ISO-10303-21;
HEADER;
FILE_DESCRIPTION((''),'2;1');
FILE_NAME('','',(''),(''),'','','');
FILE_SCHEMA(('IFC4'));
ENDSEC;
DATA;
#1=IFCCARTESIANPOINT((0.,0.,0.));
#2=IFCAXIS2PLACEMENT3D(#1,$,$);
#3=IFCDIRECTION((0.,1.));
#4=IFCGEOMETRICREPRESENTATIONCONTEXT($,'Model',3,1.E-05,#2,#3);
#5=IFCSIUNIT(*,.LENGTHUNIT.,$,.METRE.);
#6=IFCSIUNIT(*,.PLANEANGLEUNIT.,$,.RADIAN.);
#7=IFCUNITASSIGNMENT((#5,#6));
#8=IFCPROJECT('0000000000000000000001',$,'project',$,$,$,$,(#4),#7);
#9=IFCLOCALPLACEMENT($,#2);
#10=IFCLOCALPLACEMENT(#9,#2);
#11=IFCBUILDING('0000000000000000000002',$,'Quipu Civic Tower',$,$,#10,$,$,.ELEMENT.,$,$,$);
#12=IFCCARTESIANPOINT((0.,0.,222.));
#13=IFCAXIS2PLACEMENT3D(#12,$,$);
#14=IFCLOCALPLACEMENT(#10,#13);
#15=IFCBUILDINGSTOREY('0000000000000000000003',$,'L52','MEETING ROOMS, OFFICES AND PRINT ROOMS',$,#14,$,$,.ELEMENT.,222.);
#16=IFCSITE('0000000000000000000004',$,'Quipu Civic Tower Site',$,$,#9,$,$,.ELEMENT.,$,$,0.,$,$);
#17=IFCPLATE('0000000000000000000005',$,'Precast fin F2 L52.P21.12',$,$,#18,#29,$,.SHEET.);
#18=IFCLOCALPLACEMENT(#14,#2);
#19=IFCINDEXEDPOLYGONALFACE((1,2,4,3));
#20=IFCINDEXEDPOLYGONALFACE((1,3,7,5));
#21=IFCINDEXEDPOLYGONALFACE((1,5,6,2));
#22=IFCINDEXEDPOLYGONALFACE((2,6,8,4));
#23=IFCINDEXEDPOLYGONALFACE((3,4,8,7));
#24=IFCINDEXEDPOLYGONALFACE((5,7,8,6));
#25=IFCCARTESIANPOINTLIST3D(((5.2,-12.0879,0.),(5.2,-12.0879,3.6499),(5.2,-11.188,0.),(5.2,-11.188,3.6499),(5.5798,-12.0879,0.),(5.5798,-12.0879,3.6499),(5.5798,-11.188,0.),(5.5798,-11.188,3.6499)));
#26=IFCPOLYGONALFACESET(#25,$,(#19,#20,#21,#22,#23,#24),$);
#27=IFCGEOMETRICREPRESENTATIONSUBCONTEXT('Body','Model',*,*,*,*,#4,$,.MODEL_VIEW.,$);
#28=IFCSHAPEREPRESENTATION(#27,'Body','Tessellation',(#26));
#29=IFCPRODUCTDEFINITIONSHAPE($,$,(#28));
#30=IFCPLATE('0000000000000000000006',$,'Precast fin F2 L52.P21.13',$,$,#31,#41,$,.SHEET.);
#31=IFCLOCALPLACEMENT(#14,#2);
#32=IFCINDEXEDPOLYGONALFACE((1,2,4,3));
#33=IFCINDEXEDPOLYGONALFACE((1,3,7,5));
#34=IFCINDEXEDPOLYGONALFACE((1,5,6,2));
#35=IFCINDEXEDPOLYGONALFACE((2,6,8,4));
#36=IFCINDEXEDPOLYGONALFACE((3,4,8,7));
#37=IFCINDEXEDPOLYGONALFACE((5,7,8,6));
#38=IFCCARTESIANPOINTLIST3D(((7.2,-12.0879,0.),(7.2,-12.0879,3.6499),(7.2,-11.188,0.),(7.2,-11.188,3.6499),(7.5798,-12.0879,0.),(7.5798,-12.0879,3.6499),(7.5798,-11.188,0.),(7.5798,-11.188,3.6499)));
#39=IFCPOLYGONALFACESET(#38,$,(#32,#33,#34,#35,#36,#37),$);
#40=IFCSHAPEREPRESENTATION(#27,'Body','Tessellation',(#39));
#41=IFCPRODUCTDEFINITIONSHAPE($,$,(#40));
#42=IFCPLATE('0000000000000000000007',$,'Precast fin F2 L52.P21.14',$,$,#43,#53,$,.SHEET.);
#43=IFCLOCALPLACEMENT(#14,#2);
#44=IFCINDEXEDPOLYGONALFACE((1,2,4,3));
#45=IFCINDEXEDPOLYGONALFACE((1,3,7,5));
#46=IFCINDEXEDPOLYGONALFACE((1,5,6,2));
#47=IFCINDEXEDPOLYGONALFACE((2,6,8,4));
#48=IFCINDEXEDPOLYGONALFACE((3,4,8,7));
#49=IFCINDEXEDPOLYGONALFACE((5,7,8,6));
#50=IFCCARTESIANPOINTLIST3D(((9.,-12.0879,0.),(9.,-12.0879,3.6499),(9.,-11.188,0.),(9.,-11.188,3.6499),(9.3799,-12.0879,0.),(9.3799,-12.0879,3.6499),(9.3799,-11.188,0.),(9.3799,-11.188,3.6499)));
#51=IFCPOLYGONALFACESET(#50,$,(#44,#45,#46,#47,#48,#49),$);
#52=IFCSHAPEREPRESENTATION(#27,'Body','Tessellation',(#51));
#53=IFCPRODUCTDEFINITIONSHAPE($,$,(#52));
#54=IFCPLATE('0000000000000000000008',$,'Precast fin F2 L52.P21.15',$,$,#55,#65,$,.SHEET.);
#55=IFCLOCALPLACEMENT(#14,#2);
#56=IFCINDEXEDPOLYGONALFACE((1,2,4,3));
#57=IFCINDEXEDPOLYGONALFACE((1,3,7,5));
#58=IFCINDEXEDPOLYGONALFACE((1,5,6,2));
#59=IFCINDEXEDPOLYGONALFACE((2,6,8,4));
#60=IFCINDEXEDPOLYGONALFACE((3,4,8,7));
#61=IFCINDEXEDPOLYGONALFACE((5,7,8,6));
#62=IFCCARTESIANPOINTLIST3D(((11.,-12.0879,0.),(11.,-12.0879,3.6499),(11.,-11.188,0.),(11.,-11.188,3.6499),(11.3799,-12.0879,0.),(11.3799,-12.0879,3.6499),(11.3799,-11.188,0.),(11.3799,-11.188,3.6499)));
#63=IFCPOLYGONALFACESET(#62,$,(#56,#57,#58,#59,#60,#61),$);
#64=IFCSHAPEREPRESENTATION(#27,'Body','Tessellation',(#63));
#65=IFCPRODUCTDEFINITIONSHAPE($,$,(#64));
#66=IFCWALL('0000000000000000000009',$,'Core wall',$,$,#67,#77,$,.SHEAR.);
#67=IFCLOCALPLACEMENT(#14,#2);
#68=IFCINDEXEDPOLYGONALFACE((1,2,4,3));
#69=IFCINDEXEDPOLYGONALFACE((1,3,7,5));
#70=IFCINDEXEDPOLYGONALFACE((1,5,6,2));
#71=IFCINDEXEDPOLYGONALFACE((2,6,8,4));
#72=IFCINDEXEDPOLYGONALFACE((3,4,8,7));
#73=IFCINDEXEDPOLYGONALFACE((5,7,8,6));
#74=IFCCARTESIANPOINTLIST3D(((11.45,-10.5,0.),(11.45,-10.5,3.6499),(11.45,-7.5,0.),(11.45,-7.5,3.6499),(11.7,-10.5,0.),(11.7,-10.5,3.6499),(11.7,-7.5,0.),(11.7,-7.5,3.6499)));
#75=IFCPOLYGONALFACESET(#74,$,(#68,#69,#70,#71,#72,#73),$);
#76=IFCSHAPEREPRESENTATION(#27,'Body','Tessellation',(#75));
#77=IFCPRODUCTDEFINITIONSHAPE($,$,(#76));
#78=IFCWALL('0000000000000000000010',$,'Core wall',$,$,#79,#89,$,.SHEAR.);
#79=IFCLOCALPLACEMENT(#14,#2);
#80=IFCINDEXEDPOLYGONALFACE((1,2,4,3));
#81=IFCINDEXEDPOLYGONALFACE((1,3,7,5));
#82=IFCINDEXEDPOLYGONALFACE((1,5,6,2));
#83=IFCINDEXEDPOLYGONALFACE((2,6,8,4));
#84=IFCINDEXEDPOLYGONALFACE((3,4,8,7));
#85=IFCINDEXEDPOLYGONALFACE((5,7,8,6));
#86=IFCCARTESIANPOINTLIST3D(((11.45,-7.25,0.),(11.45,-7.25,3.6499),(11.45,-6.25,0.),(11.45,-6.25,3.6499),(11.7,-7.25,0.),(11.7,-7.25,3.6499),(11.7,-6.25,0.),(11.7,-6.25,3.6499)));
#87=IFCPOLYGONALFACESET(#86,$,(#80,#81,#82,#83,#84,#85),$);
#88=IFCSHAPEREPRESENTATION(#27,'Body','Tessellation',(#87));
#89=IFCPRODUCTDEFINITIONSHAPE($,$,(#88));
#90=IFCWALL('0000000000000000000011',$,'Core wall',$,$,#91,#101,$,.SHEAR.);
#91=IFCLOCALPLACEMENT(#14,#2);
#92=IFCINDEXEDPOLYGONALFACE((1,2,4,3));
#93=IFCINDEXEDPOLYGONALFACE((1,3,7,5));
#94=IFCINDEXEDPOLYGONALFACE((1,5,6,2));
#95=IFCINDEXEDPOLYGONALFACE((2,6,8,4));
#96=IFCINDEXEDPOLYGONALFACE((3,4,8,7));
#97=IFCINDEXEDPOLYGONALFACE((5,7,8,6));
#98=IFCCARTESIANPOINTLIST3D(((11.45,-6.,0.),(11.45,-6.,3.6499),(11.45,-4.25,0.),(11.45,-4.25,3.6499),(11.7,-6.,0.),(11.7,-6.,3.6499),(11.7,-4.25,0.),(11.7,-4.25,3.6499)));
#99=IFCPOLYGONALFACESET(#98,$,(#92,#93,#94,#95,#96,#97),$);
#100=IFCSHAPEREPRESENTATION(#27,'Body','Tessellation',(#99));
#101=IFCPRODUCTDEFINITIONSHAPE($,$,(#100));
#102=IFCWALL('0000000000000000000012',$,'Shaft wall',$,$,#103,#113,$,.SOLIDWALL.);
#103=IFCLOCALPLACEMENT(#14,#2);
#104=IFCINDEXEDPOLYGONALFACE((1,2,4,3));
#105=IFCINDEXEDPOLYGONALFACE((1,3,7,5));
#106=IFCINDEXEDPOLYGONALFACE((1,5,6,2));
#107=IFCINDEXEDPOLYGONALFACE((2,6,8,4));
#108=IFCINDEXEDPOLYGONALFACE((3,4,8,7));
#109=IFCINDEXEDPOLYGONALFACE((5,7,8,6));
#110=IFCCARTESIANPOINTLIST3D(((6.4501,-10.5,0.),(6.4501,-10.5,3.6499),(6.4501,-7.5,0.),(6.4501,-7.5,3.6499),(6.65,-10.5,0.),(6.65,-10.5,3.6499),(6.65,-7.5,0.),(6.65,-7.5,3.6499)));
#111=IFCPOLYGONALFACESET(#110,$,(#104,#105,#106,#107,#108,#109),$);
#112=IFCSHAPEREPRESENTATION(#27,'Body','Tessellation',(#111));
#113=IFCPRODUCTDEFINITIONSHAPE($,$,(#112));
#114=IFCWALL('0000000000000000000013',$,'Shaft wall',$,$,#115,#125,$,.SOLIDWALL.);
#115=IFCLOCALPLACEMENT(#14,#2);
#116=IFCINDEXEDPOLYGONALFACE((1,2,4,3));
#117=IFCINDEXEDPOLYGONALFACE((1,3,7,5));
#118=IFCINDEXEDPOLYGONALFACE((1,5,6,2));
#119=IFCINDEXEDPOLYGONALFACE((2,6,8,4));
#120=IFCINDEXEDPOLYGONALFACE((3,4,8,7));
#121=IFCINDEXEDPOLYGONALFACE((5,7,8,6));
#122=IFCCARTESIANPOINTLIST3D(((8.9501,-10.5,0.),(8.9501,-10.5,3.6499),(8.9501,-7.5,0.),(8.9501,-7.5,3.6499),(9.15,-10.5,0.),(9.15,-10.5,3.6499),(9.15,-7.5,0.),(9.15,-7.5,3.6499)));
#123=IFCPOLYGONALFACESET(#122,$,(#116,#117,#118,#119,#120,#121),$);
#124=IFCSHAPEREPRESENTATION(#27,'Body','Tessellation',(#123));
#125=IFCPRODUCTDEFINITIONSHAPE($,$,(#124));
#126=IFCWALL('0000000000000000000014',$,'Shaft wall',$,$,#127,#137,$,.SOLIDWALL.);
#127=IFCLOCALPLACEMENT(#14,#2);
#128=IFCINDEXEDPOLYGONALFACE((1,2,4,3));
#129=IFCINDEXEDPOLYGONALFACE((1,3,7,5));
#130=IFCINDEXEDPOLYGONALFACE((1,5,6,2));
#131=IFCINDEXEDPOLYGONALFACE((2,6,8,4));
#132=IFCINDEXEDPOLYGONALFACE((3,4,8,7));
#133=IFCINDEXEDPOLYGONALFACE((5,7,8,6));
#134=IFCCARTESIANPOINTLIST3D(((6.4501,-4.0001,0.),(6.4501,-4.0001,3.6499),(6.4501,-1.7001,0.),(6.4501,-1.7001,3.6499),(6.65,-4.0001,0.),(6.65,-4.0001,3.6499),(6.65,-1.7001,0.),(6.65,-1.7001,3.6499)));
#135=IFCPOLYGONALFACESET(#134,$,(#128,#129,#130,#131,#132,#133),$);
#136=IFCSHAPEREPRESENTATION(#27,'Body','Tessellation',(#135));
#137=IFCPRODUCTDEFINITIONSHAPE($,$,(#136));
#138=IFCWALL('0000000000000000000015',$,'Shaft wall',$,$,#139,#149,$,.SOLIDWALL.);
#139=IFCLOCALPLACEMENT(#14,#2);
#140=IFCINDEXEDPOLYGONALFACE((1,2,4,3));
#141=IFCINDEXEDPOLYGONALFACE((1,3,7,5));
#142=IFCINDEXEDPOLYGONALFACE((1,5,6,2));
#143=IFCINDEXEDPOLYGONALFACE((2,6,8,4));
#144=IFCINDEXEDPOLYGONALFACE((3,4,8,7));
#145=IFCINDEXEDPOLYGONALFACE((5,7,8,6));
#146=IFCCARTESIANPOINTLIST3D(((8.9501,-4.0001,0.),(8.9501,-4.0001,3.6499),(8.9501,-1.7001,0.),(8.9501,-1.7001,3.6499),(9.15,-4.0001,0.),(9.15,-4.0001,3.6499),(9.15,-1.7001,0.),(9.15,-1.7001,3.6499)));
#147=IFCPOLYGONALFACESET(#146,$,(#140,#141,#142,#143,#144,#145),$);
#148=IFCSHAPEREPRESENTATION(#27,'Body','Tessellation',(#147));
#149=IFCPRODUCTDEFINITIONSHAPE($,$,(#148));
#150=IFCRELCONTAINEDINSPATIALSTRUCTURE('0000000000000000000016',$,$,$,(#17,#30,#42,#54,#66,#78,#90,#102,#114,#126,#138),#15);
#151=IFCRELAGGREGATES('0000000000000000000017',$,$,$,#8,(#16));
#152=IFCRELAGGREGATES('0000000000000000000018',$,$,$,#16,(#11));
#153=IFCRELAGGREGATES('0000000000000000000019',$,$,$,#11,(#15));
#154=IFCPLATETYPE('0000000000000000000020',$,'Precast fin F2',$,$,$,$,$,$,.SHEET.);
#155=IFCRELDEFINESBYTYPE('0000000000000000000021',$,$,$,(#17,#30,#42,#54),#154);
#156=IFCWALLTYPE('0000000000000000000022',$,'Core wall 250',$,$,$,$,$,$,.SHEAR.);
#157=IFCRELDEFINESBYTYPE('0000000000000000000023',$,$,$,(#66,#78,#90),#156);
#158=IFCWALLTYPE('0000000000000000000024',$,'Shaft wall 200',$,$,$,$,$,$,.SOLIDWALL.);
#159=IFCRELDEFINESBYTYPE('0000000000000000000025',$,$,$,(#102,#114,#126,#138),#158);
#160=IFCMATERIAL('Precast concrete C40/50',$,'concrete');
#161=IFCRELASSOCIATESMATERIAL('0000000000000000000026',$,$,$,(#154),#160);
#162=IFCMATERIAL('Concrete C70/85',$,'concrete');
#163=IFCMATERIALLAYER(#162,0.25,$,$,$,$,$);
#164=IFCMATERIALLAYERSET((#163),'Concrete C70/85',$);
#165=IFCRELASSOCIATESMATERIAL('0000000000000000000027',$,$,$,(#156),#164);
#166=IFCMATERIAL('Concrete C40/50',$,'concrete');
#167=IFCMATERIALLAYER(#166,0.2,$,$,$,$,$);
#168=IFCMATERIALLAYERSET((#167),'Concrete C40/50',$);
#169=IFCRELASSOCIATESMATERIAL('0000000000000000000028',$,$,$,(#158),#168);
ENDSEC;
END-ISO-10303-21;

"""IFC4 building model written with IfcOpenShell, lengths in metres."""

from ifc_helpers import new_model, si_unit, direction, frame, frame_2d, origin, origin_2d, place, context, subcontext, project, spatial, rectangle, extrude, material, layer, layer_set, type_object, element, save


model = new_model("IFC4")

# Units and contexts
model_context = context("Model", 3, precision=1e-05, world=origin(), true_north=direction((0.0, 1.0)))
body_context = subcontext(model_context, "Body", "Model", "MODEL_VIEW")
ifc_project = project(units=[si_unit("LENGTHUNIT", "METRE"), si_unit("PLANEANGLEUNIT", "RADIAN")], contexts=[model_context])

# Site, building, storey
site_placement = place(None, origin())
site = spatial("IfcSite", under=ifc_project, at=site_placement, Name="Quipu Civic Tower Site", CompositionType="ELEMENT", RefElevation=0.0)
building_placement = place(site_placement, origin())
building = spatial("IfcBuilding", under=site, at=building_placement, Name="Quipu Civic Tower", CompositionType="ELEMENT")
storey_placement = place(building_placement, frame((0.0, 0.0, 222.0)))
storey = spatial("IfcBuildingStorey", under=building, at=storey_placement, Name="L52", Description="MEETING ROOMS, OFFICES AND PRINT ROOMS", CompositionType="ELEMENT", Elevation=222.0)

# Plates
ifc_material_1 = material(Name="Precast concrete C40/50", Category="concrete")
plate_type = type_object("IfcPlateType", Name="Precast fin F2", PredefinedType="SHEET", material=ifc_material_1)
for number, where, z_axis, x_axis, name in (
    (1, (5.3899, -11.6379, 0.0), (0.0, 0.0, 1.0), (1.0, 0.0, 0.0), "Precast fin F2 L52.P21.12"),
    (2, (7.3899, -11.6379, 0.0), (0.0, 0.0, 1.0), (1.0, 0.0, 0.0), "Precast fin F2 L52.P21.13"),
    (3, (9.1899, -11.6379, 0.0), (0.0, 0.0, 1.0), (1.0, 0.0, 0.0), "Precast fin F2 L52.P21.14"),
    (4, (11.1899, -11.6379, 0.0), (0.0, 0.0, 1.0), (1.0, 0.0, 0.0), "Precast fin F2 L52.P21.15"),
):
    element("IfcPlate", number, at=place(storey_placement, frame(where, z_axis=z_axis, x_axis=x_axis)), inside=storey, type_object=plate_type, Name=name, PredefinedType="SHEET", context=body_context, shape_type="SweptSolid", body=[
        extrude(rectangle(XDim=0.3799, YDim=0.8999, at=origin_2d()), origin(), (0.0, 0.0, 1.0), 3.6499),
    ])

# Walls
ifc_material_2 = material(Name="Concrete C70/85", Category="concrete")
ifc_layer_1 = layer(ifc_material_2, 0.25)
ifc_layer_set_1 = layer_set([ifc_layer_1], Name="Concrete C70/85")
wall_type_1 = type_object("IfcWallType", Name="Core wall 250", PredefinedType="SHEAR", material=ifc_layer_set_1)
wall_1_placement = place(storey_placement, frame((11.575, -10.5, 0.0), z_axis=(0.0, 0.0, 1.0), x_axis=(0.0, 1.0, 0.0)))
element("IfcWall", 5, at=wall_1_placement, inside=storey, type_object=wall_type_1, Name="Core wall", PredefinedType="SHEAR", context=body_context, shape_type="SweptSolid", body=[
    extrude(rectangle(XDim=3.0, YDim=0.25, at=frame_2d((1.5, 0.0))), origin(), (0.0, 0.0, 1.0), 3.6499),
])
wall_2_placement = place(storey_placement, frame((11.575, -7.25, 0.0), z_axis=(0.0, 0.0, 1.0), x_axis=(0.0, 1.0, 0.0)))
element("IfcWall", 6, at=wall_2_placement, inside=storey, type_object=wall_type_1, Name="Core wall", PredefinedType="SHEAR", context=body_context, shape_type="SweptSolid", body=[
    extrude(rectangle(XDim=1.0, YDim=0.25, at=frame_2d((0.5, 0.0))), origin(), (0.0, 0.0, 1.0), 3.6499),
])
wall_3_placement = place(storey_placement, frame((11.575, -6.0, 0.0), z_axis=(0.0, 0.0, 1.0), x_axis=(0.0, 1.0, 0.0)))
element("IfcWall", 7, at=wall_3_placement, inside=storey, type_object=wall_type_1, Name="Core wall", PredefinedType="SHEAR", context=body_context, shape_type="SweptSolid", body=[
    extrude(rectangle(XDim=1.75, YDim=0.25, at=frame_2d((0.875, 0.0))), origin(), (0.0, 0.0, 1.0), 3.6499),
])
ifc_material_3 = material(Name="Concrete C40/50", Category="concrete")
ifc_layer_2 = layer(ifc_material_3, 0.2)
ifc_layer_set_2 = layer_set([ifc_layer_2], Name="Concrete C40/50")
wall_type_2 = type_object("IfcWallType", Name="Shaft wall 200", PredefinedType="SOLIDWALL", material=ifc_layer_set_2)
for number, where, z_axis, x_axis, name in (
    (8, (6.55, -10.5, 0.0), (0.0, 0.0, 1.0), (0.0, 1.0, 0.0), "Shaft wall"),
    (9, (9.05, -10.5, 0.0), (0.0, 0.0, 1.0), (0.0, 1.0, 0.0), "Shaft wall"),
):
    element("IfcWall", number, at=place(storey_placement, frame(where, z_axis=z_axis, x_axis=x_axis)), inside=storey, type_object=wall_type_2, Name=name, PredefinedType="SOLIDWALL", context=body_context, shape_type="SweptSolid", body=[
        extrude(rectangle(XDim=3.0, YDim=0.2, at=frame_2d((1.5, 0.0))), origin(), (0.0, 0.0, 1.0), 3.6499),
    ])
for number, where, z_axis, x_axis, name in (
    (10, (6.55, -4.0, 0.0), (0.0, 0.0, 1.0), (0.0, 1.0, 0.0), "Shaft wall"),
    (11, (9.05, -4.0, 0.0), (0.0, 0.0, 1.0), (0.0, 1.0, 0.0), "Shaft wall"),
):
    element("IfcWall", number, at=place(storey_placement, frame(where, z_axis=z_axis, x_axis=x_axis)), inside=storey, type_object=wall_type_2, Name=name, PredefinedType="SOLIDWALL", context=body_context, shape_type="SweptSolid", body=[
        extrude(rectangle(XDim=2.3, YDim=0.2, at=frame_2d((1.1499, 0.0))), origin(), (0.0, 0.0, 1.0), 3.6499),
    ])

save(model, "model.ifc")
